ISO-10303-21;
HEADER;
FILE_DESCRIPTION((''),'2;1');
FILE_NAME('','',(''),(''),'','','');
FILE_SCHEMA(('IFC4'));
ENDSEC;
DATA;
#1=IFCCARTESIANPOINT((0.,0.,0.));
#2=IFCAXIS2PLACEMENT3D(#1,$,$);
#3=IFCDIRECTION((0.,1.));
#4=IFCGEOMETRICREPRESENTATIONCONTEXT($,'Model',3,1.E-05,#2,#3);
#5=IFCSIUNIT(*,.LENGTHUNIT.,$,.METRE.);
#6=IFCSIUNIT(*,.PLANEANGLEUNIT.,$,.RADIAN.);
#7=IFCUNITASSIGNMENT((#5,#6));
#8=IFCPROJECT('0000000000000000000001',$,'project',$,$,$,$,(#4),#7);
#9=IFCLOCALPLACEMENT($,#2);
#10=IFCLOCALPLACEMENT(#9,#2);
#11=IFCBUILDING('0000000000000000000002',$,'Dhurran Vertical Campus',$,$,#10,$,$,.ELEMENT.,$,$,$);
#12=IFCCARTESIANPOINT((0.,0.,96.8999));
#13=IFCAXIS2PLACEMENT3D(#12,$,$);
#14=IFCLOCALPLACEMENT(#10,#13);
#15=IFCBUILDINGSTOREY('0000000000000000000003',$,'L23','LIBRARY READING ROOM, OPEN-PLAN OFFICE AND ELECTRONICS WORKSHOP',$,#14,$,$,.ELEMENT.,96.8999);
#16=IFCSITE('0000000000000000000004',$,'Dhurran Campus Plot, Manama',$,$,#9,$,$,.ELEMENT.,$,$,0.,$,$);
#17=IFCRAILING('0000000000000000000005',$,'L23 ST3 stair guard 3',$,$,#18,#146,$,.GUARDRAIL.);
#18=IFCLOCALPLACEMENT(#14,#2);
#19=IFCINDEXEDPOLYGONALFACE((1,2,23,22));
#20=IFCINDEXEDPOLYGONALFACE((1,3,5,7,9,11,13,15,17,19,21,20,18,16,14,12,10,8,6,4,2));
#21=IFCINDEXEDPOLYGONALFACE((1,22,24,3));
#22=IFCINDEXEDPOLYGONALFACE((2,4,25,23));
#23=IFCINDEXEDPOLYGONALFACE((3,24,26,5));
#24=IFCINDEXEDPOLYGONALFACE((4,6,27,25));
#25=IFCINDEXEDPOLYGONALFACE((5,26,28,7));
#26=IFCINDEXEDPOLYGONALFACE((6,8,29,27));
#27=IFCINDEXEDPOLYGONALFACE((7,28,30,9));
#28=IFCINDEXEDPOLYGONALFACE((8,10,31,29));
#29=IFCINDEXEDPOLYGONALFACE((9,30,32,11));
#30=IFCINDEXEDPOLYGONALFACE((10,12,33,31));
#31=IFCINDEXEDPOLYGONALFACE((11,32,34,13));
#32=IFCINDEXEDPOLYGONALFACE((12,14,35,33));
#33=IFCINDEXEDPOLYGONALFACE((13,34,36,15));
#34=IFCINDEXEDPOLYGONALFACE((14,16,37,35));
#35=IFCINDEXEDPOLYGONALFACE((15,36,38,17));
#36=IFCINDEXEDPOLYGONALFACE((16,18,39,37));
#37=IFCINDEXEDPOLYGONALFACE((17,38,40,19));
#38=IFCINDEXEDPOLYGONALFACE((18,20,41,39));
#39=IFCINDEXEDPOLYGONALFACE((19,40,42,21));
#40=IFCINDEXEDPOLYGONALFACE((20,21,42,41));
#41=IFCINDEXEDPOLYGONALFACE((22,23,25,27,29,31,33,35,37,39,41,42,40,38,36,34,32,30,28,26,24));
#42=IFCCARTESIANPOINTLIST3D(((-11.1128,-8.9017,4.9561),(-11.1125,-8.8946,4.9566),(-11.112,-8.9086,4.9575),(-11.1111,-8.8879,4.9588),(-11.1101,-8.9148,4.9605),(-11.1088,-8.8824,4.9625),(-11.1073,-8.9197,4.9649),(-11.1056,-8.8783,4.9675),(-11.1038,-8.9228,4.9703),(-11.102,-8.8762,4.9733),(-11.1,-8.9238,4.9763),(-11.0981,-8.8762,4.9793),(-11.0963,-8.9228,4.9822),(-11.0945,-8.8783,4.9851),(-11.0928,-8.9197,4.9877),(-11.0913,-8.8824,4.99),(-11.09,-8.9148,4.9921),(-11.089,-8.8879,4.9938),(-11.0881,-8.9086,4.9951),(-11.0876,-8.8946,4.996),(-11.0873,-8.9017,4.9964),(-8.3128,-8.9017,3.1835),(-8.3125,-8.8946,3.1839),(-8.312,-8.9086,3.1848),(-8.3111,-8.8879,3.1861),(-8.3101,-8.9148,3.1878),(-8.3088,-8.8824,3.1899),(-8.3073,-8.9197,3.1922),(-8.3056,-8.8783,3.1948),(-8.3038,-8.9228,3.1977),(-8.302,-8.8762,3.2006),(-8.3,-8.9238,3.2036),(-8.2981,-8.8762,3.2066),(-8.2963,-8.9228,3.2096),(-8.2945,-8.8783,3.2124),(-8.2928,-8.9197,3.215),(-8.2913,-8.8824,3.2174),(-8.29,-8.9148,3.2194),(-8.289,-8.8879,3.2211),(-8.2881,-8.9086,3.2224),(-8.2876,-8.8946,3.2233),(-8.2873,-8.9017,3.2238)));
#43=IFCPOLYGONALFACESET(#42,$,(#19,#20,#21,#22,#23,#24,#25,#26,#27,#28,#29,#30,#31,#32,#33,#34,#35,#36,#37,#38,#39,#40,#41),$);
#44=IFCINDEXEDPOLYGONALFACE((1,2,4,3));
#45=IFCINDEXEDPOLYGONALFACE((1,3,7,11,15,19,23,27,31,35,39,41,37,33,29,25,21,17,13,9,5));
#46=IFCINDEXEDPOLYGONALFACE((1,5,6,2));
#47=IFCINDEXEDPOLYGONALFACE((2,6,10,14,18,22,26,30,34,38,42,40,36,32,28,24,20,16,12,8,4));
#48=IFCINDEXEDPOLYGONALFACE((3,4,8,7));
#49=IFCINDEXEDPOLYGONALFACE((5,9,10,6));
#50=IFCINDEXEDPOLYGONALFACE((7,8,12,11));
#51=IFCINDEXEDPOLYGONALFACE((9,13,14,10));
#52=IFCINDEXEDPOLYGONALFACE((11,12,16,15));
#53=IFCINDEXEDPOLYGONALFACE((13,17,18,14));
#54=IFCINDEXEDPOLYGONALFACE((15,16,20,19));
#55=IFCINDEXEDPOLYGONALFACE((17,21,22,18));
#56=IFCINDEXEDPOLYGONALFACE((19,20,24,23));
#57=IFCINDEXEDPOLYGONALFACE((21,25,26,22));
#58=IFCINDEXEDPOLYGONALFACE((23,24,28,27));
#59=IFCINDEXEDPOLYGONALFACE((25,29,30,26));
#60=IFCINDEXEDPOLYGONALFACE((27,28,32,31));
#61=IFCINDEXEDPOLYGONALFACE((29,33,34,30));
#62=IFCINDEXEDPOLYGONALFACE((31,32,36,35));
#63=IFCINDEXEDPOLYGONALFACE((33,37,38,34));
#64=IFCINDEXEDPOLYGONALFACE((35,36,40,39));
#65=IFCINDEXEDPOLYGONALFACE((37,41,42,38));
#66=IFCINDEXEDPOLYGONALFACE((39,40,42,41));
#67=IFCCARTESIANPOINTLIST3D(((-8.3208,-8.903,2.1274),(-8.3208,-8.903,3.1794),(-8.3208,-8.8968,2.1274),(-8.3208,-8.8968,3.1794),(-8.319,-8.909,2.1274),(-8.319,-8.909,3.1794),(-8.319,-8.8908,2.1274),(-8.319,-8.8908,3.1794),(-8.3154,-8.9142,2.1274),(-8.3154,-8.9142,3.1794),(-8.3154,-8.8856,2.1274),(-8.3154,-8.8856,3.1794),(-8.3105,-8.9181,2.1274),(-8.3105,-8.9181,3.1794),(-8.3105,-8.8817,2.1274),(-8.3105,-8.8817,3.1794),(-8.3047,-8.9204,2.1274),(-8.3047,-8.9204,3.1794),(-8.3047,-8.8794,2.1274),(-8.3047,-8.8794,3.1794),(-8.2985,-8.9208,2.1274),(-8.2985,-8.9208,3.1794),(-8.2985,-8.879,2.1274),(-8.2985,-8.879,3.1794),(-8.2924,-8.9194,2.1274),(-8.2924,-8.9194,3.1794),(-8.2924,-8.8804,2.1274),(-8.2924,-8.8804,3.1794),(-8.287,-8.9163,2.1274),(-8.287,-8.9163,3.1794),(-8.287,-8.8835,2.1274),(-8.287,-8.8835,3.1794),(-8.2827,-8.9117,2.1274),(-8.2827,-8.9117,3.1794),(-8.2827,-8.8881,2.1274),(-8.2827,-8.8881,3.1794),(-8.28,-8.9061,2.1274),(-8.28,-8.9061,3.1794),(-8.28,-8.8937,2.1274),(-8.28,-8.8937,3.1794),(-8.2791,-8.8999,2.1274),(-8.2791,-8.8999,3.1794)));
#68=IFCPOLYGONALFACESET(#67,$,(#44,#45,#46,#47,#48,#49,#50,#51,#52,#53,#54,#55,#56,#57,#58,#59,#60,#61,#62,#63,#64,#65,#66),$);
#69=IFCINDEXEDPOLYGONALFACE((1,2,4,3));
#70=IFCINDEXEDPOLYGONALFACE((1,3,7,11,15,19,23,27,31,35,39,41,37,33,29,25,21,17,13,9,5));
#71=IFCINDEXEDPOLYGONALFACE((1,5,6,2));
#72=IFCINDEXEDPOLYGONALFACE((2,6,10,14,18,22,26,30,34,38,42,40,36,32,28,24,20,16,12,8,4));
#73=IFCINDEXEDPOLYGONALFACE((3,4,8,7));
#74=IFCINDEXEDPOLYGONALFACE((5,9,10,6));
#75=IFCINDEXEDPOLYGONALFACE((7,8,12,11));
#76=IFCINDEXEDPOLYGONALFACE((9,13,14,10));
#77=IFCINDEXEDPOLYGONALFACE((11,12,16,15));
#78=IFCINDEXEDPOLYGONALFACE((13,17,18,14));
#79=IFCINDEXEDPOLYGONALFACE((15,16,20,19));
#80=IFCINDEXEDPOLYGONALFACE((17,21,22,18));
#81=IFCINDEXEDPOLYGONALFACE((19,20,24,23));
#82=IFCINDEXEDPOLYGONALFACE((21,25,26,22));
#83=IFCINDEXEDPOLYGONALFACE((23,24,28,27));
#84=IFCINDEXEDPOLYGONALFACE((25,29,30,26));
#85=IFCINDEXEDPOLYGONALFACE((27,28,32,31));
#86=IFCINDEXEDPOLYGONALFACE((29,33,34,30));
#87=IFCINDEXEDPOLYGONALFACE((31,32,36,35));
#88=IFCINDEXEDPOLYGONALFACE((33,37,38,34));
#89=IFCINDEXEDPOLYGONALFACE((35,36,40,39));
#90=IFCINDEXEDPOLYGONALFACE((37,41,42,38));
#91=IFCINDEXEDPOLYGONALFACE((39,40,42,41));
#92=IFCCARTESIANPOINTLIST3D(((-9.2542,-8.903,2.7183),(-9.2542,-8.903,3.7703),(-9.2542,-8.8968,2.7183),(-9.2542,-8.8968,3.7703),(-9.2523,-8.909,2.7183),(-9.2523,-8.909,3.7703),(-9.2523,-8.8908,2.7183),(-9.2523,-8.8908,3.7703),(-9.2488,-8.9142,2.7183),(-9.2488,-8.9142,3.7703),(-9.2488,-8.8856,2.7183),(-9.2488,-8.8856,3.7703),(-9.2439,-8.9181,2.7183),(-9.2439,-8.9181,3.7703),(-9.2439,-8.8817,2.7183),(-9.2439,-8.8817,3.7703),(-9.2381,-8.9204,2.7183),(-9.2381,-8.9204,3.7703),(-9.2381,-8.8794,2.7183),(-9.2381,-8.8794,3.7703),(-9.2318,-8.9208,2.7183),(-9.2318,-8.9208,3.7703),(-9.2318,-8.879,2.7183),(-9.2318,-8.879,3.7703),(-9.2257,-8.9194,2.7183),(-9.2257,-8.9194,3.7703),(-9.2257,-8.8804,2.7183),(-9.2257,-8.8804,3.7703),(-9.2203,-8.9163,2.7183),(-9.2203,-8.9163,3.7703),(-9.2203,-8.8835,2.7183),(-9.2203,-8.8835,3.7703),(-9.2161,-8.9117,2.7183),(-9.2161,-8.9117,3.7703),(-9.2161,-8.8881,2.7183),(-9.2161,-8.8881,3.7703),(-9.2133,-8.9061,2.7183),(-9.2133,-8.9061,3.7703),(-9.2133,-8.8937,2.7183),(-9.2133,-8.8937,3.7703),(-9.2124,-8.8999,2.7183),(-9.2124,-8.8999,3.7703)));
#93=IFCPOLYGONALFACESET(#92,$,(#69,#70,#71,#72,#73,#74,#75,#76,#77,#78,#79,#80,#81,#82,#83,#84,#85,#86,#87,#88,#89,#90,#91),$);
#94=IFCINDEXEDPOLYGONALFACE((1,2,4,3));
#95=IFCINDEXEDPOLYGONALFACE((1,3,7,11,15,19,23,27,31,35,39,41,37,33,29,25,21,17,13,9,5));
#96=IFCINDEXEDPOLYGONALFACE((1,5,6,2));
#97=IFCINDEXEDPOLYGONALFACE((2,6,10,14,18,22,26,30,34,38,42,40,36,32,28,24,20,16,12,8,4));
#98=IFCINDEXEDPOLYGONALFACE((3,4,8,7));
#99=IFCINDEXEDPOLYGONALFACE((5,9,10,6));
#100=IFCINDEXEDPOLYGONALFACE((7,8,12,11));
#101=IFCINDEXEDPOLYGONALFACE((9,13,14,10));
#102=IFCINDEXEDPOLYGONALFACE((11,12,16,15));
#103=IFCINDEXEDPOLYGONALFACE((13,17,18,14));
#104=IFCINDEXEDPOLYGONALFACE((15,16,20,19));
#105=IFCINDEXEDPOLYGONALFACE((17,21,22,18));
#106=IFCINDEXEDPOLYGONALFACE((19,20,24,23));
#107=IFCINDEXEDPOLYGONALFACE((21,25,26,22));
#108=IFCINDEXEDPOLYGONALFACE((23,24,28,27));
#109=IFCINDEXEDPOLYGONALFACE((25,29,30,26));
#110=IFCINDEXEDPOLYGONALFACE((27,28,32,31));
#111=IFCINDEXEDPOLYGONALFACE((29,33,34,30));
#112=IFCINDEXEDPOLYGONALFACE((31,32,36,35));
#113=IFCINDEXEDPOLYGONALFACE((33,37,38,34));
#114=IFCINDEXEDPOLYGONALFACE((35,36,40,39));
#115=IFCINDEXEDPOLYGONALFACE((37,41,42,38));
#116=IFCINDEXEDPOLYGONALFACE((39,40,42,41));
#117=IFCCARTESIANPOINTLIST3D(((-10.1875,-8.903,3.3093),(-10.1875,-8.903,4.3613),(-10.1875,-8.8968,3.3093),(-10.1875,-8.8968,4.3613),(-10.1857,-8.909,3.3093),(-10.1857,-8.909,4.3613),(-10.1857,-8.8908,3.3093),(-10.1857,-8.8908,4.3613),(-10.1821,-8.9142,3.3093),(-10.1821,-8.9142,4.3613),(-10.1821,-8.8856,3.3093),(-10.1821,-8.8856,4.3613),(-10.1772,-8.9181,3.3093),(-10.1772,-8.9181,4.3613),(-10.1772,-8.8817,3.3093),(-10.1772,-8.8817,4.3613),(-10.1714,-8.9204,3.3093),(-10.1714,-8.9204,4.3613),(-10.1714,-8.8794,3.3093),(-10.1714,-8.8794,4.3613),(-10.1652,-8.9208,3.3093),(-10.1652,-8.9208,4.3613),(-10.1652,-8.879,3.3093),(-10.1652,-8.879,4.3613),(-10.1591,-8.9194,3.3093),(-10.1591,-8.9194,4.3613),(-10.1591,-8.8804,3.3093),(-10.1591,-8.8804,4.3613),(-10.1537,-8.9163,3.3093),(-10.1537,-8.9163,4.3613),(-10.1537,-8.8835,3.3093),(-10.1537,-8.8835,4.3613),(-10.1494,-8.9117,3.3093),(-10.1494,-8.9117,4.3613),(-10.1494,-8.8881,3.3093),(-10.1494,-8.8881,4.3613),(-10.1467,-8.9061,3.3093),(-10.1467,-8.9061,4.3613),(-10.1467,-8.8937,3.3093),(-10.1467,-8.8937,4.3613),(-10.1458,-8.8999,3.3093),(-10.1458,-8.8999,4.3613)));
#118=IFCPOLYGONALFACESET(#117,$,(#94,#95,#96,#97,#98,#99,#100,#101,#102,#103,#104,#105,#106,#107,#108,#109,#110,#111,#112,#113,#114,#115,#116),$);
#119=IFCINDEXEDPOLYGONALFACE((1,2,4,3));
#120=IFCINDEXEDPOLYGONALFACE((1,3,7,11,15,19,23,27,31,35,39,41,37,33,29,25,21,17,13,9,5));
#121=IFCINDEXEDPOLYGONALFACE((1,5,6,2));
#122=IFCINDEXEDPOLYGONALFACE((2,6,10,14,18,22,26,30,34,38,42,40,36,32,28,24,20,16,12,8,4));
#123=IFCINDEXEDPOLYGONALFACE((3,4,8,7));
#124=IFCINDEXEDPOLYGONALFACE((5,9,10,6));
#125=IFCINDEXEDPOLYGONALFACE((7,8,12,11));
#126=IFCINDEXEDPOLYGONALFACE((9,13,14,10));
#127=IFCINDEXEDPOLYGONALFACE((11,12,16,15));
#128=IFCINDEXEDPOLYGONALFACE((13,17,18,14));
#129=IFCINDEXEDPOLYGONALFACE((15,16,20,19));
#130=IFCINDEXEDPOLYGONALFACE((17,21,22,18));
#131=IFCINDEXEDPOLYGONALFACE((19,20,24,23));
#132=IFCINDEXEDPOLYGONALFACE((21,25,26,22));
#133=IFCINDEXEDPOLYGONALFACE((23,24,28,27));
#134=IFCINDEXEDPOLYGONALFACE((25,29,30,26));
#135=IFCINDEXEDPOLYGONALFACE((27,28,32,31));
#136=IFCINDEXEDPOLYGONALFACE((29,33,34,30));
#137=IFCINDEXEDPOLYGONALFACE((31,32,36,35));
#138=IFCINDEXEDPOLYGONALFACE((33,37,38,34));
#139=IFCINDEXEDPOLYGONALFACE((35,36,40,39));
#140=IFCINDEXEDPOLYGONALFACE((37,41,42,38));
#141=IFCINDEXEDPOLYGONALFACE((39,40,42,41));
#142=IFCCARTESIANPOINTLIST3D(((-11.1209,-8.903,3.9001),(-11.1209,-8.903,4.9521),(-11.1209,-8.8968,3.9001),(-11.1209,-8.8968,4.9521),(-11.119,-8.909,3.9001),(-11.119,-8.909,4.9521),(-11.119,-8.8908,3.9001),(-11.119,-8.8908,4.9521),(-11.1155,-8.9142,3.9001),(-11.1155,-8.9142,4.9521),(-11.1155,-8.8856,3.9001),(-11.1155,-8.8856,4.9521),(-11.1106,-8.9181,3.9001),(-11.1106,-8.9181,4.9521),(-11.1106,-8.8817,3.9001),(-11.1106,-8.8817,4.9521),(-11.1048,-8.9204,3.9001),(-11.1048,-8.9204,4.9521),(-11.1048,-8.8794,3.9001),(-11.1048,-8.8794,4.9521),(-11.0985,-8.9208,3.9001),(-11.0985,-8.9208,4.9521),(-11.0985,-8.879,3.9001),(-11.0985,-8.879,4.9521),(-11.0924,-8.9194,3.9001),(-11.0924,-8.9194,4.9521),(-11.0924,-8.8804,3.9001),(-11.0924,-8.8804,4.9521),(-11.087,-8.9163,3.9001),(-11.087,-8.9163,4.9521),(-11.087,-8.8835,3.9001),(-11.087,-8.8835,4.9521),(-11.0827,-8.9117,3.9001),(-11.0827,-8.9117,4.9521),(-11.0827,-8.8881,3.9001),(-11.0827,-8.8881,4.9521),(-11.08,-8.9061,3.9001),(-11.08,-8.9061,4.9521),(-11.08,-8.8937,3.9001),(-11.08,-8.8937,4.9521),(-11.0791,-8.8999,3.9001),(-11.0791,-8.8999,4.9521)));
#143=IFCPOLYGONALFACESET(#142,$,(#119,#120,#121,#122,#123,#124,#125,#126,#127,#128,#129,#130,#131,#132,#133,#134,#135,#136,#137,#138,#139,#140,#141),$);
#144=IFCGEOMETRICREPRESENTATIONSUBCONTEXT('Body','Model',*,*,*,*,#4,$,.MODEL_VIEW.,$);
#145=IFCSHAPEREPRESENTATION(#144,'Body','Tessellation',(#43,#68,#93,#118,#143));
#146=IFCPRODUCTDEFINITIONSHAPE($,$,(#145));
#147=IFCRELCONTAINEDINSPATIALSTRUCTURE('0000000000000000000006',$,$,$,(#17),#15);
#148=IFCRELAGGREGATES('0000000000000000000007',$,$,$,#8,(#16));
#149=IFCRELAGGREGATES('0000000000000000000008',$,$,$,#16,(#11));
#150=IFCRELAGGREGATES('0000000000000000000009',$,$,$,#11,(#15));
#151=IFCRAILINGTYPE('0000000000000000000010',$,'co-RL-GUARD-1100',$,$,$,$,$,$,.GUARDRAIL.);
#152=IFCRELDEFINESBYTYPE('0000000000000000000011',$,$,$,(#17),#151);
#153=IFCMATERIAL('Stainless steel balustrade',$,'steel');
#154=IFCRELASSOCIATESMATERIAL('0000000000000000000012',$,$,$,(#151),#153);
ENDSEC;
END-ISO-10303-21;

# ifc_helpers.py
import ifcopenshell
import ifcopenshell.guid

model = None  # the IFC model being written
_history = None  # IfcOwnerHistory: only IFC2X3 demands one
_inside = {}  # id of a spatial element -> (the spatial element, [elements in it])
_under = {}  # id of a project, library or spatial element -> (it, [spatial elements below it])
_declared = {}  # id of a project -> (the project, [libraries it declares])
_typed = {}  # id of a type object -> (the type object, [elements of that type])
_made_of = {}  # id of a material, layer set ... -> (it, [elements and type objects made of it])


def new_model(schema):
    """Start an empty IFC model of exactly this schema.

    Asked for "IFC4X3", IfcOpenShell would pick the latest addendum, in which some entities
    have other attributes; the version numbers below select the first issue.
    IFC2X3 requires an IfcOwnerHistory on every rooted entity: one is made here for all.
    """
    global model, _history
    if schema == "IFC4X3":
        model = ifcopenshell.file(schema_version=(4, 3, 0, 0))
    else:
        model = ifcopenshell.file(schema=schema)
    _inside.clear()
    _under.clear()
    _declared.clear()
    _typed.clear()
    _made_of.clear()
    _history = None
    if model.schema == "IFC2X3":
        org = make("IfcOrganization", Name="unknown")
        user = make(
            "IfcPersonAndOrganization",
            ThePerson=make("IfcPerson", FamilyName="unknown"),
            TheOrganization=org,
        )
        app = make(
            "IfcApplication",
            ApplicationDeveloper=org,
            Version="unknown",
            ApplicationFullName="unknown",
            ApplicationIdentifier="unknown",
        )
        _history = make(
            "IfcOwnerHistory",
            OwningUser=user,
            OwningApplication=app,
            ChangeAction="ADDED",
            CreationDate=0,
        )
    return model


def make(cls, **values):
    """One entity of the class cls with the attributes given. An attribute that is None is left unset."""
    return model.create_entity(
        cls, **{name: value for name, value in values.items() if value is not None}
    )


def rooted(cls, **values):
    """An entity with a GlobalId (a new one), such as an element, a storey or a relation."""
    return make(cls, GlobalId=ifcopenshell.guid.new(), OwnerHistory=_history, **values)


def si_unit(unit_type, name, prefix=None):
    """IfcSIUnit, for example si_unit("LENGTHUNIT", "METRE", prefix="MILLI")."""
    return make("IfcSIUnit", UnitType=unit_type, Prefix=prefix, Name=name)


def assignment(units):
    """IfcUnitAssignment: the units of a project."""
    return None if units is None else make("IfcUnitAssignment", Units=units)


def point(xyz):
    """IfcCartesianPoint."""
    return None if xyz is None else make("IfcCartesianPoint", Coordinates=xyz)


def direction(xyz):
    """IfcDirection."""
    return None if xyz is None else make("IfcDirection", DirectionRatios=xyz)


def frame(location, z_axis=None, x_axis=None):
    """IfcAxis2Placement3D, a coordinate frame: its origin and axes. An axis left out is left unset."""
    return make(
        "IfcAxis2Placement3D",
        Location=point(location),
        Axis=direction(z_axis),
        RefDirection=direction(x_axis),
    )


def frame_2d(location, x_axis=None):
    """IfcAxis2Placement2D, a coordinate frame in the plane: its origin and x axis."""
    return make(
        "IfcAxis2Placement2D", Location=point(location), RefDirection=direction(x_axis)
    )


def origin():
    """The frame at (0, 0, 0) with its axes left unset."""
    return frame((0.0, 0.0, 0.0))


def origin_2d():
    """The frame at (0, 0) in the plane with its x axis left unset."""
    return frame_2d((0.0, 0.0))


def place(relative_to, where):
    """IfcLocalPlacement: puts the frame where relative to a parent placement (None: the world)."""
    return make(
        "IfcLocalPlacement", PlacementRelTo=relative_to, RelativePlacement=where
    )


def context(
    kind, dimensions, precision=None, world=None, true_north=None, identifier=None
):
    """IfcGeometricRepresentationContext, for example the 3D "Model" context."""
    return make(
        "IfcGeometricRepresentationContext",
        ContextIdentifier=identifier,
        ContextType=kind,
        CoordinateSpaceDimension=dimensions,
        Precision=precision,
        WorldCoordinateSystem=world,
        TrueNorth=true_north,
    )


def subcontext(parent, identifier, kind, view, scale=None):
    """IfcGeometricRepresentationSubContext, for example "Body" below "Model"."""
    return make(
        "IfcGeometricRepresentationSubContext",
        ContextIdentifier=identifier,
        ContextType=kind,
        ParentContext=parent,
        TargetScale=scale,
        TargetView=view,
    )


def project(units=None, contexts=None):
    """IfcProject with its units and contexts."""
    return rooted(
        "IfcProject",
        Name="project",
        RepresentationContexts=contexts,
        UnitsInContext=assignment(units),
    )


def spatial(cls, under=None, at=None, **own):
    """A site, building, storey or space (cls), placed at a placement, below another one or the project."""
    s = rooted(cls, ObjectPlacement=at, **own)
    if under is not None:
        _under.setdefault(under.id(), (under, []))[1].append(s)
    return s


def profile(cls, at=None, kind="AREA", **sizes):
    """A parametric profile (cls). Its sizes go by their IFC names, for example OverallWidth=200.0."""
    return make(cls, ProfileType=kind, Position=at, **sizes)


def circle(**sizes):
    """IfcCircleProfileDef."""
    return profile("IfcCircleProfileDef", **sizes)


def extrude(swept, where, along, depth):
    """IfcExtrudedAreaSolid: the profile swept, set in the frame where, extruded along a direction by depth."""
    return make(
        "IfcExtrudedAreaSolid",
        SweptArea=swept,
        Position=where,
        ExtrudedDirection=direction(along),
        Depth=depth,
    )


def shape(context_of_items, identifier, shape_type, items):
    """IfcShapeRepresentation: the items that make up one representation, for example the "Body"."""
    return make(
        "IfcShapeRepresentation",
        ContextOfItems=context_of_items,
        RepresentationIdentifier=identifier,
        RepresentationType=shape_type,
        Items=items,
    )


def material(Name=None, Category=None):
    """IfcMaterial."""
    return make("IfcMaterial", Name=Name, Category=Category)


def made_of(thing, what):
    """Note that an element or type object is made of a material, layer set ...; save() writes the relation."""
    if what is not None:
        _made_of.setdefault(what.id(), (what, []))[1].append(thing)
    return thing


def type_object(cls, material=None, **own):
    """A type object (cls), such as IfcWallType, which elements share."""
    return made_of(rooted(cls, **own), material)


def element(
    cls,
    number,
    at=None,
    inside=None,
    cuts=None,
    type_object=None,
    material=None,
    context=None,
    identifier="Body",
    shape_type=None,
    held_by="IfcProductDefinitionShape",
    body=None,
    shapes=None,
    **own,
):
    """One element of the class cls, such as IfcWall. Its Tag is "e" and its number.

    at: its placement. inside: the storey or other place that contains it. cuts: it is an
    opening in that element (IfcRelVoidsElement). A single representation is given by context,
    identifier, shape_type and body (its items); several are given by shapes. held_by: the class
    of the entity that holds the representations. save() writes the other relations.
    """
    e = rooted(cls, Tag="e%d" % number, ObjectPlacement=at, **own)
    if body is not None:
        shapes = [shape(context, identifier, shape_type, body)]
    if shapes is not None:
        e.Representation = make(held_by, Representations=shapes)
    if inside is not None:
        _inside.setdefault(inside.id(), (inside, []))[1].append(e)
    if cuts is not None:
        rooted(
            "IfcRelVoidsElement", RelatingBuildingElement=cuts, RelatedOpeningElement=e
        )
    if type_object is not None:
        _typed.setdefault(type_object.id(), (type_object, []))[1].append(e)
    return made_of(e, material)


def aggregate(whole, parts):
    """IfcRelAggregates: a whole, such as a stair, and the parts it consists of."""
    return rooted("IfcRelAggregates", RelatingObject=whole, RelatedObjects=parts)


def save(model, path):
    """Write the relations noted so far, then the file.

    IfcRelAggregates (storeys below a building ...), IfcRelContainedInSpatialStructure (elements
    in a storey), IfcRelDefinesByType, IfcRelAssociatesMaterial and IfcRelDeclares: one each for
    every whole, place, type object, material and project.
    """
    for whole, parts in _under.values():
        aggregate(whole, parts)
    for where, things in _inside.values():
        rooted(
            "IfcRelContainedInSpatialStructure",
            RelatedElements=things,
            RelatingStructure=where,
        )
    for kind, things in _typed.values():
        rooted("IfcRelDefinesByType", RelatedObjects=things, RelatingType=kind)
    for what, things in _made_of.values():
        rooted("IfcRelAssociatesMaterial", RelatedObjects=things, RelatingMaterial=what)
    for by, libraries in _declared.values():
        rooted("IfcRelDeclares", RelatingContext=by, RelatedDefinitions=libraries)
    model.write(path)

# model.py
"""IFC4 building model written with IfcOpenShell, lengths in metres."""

from ifc_helpers import new_model, si_unit, direction, frame, origin, origin_2d, place, context, subcontext, project, spatial, circle, extrude, material, type_object, element, save


model = new_model("IFC4")

# Units and contexts
model_context = context("Model", 3, precision=1e-05, world=origin(), true_north=direction((0.0, 1.0)))
body_context = subcontext(model_context, "Body", "Model", "MODEL_VIEW")
ifc_project = project(units=[si_unit("LENGTHUNIT", "METRE"), si_unit("PLANEANGLEUNIT", "RADIAN")], contexts=[model_context])

# Site, building, storey
site_placement = place(None, origin())
site = spatial("IfcSite", under=ifc_project, at=site_placement, Name="Dhurran Campus Plot, Manama", CompositionType="ELEMENT", RefElevation=0.0)
building_placement = place(site_placement, origin())
building = spatial("IfcBuilding", under=site, at=building_placement, Name="Dhurran Vertical Campus", CompositionType="ELEMENT")
storey_placement = place(building_placement, frame((0.0, 0.0, 96.8999)))
storey = spatial("IfcBuildingStorey", under=building, at=storey_placement, Name="L23", Description="LIBRARY READING ROOM, OPEN-PLAN OFFICE AND ELECTRONICS WORKSHOP", CompositionType="ELEMENT", Elevation=96.8999)

# Railing
ifc_material_1 = material(Name="Stainless steel balustrade", Category="steel")
railing_type_1 = type_object("IfcRailingType", Name="co-RL-GUARD-1100", PredefinedType="GUARDRAIL", material=ifc_material_1)
railing_1_placement = place(storey_placement, frame((-8.3, -8.8999, 2.1274)))
element("IfcRailing", 1, at=railing_1_placement, inside=storey, type_object=railing_type_1, Name="L23 ST3 stair guard 3", PredefinedType="GUARDRAIL", context=body_context, shape_type="SweptSolid", body=[
    extrude(circle(Radius=0.0239, at=origin_2d()), frame((0.0, 0.0, 1.0762), z_axis=(-0.844909, 0.0, 0.53491), x_axis=(0.0, -1.0, 0.0)), (0.0, 0.0, 1.0), 3.314),
    extrude(circle(Radius=0.021, at=origin_2d()), origin(), (0.0, 0.0, 1.0), 1.052),
    extrude(circle(Radius=0.021, at=origin_2d()), frame((-0.9333, 0.0, 0.5908)), (0.0, 0.0, 1.0), 1.052),
    extrude(circle(Radius=0.021, at=origin_2d()), frame((-1.8667, 0.0, 1.1819)), (0.0, 0.0, 1.0), 1.052),
    extrude(circle(Radius=0.021, at=origin_2d()), frame((-2.8, 0.0, 1.7727)), (0.0, 0.0, 1.0), 1.052),
])

save(model, "model.ifc")
